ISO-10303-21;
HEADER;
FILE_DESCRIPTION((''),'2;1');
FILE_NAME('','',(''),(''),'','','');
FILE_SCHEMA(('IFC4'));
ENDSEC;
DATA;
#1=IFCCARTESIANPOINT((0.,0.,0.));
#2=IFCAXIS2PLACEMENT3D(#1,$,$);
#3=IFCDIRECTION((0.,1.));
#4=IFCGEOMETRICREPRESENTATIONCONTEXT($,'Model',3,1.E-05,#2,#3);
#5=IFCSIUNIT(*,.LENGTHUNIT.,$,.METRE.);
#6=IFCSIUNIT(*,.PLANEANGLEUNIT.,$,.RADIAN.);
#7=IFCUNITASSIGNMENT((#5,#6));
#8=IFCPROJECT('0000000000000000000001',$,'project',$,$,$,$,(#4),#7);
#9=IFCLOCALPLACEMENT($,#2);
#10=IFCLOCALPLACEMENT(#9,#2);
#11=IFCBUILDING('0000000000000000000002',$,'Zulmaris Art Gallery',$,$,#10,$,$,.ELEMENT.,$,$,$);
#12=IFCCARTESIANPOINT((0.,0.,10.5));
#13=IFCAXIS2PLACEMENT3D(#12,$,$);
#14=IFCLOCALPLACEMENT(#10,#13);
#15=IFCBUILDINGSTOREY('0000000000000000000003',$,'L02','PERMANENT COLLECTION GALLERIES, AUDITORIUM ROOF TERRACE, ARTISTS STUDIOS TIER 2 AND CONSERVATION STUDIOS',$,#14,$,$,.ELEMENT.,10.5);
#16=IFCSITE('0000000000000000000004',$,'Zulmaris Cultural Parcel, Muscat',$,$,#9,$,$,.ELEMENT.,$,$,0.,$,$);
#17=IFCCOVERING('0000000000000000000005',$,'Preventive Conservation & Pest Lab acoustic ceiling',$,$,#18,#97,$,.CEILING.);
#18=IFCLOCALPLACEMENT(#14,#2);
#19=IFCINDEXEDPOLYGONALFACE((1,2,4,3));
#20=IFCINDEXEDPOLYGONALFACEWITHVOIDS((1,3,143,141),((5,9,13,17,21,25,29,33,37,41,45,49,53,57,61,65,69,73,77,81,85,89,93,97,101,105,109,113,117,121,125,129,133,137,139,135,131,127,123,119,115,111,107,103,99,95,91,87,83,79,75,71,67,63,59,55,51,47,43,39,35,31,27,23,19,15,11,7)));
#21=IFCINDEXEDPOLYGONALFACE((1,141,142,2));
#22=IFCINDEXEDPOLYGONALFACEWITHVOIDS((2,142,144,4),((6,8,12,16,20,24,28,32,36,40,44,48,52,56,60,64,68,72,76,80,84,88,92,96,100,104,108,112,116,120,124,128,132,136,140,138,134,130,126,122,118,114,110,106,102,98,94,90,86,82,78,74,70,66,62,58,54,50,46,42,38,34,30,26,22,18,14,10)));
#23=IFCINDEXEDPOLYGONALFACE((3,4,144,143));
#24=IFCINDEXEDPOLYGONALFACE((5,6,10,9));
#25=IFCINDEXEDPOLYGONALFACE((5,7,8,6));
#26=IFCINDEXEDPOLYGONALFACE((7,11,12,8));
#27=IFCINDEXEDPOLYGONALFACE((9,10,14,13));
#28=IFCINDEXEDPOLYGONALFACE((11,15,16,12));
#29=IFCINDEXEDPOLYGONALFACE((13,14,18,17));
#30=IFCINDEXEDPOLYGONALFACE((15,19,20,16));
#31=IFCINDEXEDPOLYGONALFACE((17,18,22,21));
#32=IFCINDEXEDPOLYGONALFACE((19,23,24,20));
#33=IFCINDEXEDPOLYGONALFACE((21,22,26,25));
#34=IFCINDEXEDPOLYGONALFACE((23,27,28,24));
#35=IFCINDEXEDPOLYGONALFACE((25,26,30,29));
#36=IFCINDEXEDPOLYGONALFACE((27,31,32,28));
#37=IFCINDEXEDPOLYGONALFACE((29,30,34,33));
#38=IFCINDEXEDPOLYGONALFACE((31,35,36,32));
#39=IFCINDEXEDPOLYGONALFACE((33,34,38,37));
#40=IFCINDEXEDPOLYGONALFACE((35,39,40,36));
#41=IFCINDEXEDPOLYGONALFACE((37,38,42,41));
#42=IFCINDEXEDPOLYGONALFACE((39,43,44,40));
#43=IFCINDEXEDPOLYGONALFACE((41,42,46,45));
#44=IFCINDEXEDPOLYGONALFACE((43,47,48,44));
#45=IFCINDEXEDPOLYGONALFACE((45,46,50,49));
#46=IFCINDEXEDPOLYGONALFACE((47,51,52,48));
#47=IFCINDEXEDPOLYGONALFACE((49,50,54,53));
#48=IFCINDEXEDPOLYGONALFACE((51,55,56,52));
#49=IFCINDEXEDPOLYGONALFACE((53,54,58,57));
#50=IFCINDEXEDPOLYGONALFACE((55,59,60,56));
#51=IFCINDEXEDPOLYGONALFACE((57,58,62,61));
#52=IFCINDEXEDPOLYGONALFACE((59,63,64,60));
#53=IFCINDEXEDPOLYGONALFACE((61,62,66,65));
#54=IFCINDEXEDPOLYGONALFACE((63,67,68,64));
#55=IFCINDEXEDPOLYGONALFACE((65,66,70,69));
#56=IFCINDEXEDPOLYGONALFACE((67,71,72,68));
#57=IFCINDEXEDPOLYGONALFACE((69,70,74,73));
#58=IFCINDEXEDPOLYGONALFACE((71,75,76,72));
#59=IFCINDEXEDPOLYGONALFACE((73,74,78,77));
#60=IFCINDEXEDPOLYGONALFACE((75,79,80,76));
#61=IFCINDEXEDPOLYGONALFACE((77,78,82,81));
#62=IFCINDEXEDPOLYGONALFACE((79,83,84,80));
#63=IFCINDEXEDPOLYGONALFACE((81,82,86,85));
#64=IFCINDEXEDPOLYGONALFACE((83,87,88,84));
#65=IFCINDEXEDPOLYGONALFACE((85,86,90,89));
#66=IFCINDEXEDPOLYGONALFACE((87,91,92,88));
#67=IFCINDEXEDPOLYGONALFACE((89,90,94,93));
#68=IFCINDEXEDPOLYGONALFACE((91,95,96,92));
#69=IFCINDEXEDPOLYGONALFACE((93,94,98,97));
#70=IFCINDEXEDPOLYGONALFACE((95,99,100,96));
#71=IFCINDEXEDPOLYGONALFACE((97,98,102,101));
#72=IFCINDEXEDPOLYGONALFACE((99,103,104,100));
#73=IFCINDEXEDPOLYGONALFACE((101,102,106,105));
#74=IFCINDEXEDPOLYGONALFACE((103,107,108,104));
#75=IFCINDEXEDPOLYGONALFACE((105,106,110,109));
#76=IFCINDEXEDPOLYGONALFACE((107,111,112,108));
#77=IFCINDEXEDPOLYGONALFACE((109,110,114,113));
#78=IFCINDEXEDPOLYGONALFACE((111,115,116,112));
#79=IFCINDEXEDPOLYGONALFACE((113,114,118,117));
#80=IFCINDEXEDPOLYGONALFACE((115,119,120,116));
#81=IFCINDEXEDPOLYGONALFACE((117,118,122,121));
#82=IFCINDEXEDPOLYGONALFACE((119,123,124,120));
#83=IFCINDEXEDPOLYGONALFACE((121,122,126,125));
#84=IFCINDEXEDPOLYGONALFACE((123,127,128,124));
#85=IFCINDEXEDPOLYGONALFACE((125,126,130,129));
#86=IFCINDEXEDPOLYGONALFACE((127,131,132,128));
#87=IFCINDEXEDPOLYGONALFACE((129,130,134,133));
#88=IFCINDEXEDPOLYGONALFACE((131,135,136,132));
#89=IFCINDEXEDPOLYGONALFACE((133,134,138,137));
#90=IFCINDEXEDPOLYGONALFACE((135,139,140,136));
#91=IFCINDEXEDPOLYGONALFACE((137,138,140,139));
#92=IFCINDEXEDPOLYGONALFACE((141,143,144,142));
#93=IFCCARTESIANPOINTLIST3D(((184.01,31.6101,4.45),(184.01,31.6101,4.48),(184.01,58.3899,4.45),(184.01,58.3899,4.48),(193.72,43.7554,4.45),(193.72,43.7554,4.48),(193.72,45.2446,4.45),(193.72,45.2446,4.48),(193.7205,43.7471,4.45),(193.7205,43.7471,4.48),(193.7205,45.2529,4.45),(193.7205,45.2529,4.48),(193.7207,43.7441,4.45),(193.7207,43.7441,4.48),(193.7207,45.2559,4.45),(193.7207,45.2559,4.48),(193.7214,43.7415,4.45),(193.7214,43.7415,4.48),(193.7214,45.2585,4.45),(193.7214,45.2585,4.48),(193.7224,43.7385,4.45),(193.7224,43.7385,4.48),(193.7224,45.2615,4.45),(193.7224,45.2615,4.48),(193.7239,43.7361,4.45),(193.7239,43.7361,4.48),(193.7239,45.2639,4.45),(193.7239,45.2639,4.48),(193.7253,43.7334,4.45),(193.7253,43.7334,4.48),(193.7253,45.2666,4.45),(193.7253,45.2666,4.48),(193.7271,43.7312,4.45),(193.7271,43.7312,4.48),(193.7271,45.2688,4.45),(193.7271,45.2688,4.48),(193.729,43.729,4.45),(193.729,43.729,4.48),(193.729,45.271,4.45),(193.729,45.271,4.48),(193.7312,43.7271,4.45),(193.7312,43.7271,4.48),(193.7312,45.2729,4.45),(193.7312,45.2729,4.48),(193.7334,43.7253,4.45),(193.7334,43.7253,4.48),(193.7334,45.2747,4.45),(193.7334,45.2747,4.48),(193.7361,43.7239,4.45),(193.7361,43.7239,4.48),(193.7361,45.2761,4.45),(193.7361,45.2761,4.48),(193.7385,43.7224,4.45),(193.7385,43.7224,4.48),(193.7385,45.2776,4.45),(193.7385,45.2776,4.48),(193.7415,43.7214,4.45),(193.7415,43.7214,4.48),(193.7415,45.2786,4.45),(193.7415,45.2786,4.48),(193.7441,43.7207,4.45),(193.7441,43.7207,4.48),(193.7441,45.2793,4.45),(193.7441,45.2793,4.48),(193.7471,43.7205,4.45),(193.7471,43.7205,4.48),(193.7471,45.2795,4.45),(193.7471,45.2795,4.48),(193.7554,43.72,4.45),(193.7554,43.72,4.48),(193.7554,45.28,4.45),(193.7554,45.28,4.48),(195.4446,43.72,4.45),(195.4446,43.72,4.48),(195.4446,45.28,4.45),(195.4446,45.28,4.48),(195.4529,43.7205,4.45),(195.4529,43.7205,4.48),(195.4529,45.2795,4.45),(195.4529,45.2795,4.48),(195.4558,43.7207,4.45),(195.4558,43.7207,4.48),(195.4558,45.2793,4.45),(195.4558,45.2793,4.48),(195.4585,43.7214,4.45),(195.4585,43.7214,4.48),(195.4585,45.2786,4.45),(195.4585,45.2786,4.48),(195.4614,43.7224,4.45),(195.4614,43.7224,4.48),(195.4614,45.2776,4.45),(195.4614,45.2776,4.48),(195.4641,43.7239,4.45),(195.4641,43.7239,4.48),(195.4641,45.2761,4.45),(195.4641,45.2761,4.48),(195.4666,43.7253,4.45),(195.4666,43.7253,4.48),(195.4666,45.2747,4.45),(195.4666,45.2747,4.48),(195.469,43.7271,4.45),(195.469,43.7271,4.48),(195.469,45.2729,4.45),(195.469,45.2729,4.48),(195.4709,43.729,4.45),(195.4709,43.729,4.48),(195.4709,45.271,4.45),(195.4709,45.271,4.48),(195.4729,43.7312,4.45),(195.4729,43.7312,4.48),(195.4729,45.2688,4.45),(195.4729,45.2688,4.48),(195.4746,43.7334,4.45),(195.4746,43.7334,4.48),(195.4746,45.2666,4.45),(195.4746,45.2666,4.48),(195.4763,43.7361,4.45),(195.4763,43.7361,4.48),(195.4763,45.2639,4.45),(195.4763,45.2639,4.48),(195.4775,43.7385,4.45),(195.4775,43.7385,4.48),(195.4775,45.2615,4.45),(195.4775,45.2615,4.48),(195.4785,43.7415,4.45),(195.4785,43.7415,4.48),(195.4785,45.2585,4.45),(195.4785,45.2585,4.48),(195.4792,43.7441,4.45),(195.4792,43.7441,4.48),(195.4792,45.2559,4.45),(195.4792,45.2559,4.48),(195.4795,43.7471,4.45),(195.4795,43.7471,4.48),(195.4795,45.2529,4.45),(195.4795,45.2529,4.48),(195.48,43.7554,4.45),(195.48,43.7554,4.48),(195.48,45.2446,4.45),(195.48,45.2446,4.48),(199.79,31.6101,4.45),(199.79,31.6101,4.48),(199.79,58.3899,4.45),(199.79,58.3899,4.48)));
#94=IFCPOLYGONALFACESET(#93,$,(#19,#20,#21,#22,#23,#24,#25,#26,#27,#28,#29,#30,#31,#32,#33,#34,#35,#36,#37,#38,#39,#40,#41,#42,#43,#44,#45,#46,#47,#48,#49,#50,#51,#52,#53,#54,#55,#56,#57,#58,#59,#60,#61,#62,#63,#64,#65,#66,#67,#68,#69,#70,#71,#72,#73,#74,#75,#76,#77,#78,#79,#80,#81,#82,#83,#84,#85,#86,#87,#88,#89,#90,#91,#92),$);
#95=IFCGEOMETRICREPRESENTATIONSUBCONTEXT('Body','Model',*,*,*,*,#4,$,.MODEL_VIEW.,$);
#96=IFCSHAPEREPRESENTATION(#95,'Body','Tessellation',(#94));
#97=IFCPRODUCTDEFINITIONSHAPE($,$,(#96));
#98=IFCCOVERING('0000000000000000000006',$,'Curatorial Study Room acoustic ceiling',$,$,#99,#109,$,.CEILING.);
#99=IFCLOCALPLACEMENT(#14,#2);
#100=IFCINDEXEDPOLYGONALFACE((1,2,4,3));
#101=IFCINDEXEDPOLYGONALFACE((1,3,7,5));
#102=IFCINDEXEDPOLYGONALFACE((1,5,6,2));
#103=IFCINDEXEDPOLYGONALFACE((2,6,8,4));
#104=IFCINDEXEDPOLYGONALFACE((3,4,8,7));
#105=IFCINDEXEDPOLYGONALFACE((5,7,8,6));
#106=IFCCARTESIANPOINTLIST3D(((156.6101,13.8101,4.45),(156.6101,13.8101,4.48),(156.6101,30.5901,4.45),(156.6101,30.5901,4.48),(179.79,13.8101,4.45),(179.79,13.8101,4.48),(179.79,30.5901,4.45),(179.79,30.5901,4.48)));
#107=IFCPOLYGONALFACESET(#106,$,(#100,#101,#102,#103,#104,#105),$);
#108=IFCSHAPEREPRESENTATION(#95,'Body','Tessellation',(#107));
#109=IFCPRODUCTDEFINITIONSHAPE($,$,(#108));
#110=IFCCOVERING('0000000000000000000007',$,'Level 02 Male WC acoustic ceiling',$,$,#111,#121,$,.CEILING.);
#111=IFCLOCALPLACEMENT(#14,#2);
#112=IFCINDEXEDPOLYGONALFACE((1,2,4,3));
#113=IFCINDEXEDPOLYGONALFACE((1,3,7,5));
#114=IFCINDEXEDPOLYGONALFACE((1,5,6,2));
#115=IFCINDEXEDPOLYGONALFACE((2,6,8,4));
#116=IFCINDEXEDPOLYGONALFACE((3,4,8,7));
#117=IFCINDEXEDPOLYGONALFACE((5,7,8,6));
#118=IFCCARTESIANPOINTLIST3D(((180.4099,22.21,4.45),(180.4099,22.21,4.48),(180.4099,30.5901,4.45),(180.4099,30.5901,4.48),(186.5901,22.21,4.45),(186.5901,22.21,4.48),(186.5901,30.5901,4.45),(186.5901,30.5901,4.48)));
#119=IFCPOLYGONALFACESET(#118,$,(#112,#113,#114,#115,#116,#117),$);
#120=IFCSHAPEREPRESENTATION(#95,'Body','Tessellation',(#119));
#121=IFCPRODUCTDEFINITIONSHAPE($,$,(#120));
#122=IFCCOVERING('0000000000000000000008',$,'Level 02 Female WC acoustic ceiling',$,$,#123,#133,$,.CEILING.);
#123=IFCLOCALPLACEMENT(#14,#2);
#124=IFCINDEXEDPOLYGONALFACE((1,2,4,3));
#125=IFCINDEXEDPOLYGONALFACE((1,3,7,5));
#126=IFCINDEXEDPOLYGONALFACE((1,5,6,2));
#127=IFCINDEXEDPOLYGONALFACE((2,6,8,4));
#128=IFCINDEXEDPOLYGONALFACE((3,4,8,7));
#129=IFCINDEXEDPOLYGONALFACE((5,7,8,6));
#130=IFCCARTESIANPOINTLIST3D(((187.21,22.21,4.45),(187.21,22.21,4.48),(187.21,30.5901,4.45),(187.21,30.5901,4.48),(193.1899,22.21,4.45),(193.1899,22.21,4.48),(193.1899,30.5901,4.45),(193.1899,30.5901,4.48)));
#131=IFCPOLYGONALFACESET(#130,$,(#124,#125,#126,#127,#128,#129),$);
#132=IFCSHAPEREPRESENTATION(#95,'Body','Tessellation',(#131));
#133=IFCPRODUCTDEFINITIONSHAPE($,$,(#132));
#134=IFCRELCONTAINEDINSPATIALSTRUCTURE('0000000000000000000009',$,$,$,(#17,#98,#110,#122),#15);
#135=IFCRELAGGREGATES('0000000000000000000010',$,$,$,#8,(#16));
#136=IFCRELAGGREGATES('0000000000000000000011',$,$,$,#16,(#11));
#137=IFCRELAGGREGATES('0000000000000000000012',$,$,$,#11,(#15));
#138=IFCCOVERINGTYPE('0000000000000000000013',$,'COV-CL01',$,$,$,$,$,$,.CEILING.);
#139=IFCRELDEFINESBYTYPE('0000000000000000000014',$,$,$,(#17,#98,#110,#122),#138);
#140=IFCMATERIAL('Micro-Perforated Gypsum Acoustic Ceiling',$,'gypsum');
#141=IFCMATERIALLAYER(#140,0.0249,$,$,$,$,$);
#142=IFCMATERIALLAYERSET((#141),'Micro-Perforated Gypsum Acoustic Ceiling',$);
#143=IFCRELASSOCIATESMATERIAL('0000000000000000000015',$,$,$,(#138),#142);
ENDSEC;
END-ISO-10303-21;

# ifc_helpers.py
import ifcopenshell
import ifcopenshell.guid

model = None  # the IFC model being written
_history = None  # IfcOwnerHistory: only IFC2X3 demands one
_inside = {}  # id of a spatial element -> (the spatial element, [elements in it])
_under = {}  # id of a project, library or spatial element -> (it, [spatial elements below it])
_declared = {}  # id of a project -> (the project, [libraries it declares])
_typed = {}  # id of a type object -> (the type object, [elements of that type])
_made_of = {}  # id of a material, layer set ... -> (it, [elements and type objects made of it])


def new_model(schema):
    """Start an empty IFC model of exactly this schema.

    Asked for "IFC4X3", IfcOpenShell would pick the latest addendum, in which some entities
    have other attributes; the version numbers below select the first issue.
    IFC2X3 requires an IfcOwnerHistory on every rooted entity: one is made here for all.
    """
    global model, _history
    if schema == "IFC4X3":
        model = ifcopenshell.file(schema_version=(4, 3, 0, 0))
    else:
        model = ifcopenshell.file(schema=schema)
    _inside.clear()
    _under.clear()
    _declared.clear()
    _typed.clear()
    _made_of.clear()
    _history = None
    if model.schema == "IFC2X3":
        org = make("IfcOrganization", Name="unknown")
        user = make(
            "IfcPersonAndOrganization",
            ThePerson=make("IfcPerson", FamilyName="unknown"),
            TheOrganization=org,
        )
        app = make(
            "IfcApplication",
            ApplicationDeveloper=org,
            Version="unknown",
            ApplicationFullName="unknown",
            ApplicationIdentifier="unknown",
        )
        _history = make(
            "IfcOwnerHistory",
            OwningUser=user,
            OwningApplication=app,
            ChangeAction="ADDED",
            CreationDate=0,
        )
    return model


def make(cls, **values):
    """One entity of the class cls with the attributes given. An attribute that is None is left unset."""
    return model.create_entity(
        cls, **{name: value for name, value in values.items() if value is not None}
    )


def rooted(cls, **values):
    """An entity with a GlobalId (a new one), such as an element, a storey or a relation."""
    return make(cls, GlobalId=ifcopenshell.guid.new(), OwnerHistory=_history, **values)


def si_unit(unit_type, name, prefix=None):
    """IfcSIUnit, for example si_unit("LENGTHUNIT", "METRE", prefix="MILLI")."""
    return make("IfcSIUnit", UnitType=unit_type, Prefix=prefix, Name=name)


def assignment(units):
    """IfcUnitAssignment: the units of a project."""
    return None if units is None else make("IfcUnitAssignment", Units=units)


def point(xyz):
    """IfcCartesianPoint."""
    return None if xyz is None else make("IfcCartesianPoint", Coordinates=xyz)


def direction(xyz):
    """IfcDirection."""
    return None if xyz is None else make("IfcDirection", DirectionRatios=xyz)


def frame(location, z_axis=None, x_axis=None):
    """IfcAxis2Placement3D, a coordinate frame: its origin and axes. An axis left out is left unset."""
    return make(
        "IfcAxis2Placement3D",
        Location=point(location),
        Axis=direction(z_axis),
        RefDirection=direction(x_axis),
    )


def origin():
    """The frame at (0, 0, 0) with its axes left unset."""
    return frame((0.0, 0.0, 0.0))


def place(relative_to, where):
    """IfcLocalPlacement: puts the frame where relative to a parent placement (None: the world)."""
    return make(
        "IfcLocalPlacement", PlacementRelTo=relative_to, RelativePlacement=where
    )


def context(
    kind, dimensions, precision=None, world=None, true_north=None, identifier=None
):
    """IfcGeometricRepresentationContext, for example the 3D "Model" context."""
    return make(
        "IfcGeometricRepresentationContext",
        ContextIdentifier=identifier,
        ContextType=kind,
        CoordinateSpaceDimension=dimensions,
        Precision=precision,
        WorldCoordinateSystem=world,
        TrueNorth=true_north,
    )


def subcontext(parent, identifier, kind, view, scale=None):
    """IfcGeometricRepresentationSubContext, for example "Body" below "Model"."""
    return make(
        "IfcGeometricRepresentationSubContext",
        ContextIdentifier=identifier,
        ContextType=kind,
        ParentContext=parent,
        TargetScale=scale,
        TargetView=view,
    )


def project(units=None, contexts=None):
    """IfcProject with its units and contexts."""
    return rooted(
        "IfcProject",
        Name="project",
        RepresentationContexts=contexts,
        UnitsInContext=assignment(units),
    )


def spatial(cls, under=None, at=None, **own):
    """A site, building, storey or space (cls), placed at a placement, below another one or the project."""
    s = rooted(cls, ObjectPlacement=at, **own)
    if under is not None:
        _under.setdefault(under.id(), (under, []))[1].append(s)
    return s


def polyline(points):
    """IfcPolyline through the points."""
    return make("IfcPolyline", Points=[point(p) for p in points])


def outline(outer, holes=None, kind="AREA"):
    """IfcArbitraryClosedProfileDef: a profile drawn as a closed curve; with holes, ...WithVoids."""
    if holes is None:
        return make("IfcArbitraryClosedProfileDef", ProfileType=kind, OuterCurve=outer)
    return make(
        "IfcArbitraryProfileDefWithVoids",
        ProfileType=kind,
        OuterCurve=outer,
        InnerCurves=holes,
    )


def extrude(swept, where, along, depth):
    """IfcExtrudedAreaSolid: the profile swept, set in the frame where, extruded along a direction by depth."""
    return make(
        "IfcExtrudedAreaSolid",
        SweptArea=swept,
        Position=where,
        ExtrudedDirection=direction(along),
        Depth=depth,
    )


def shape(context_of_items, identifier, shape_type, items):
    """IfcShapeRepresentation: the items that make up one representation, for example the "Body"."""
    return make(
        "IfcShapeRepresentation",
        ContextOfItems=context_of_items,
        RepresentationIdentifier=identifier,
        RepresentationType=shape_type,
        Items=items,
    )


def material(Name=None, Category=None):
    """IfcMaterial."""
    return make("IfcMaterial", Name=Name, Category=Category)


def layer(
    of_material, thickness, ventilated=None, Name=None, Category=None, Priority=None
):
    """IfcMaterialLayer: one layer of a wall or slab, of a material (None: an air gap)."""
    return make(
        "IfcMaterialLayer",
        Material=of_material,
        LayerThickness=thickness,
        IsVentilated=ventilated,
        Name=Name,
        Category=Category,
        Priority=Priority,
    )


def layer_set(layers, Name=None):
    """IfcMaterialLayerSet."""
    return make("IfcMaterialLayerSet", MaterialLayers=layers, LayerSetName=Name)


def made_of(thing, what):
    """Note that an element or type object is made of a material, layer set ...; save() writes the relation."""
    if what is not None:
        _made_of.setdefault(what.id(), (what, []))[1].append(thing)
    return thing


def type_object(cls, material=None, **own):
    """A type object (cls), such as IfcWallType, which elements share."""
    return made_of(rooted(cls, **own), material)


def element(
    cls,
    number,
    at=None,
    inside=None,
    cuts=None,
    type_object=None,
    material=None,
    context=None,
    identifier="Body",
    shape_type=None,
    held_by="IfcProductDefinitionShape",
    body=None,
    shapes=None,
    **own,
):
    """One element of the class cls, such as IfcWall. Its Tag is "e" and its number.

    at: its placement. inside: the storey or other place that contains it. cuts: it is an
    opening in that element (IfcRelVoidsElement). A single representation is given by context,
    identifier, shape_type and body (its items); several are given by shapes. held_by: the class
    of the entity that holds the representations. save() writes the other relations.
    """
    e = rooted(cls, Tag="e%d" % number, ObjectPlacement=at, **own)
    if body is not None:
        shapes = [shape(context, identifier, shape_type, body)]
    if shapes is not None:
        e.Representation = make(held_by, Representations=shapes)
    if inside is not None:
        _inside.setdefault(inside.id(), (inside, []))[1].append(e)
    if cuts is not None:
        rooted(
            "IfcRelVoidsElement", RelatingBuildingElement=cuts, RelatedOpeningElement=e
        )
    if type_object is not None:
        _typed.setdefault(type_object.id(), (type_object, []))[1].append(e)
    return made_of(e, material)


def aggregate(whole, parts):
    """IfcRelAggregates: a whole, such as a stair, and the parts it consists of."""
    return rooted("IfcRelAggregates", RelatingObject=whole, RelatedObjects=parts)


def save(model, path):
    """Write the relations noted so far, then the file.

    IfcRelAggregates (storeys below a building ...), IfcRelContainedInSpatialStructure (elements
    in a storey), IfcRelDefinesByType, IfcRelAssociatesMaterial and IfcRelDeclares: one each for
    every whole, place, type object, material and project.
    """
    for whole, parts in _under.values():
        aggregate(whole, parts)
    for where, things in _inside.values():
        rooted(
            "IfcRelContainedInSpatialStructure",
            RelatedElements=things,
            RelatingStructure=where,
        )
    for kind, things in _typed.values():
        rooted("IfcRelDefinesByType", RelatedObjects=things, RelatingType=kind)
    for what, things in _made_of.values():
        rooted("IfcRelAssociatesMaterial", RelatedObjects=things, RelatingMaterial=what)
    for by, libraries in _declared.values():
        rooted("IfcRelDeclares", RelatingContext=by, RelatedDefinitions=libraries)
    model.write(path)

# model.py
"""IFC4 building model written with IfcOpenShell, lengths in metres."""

from ifc_helpers import new_model, si_unit, direction, frame, origin, place, context, subcontext, project, spatial, polyline, outline, extrude, material, layer, layer_set, type_object, element, save


model = new_model("IFC4")

# Units and contexts
model_context = context("Model", 3, precision=1e-05, world=origin(), true_north=direction((0.0, 1.0)))
body_context = subcontext(model_context, "Body", "Model", "MODEL_VIEW")
ifc_project = project(units=[si_unit("LENGTHUNIT", "METRE"), si_unit("PLANEANGLEUNIT", "RADIAN")], contexts=[model_context])

# Site, building, storey
site_placement = place(None, origin())
site = spatial("IfcSite", under=ifc_project, at=site_placement, Name="Zulmaris Cultural Parcel, Muscat", CompositionType="ELEMENT", RefElevation=0.0)
building_placement = place(site_placement, origin())
building = spatial("IfcBuilding", under=site, at=building_placement, Name="Zulmaris Art Gallery", CompositionType="ELEMENT")
storey_placement = place(building_placement, frame((0.0, 0.0, 10.5)))
storey = spatial("IfcBuildingStorey", under=building, at=storey_placement, Name="L02", Description="PERMANENT COLLECTION GALLERIES, AUDITORIUM ROOF TERRACE, ARTISTS STUDIOS TIER 2 AND CONSERVATION STUDIOS", CompositionType="ELEMENT", Elevation=10.5)

# Coverings
ifc_material_1 = material(Name="Micro-Perforated Gypsum Acoustic Ceiling", Category="gypsum")
ifc_layer_1 = layer(ifc_material_1, 0.0249)
ifc_layer_set_1 = layer_set([ifc_layer_1], Name="Micro-Perforated Gypsum Acoustic Ceiling")
covering_type_1 = type_object("IfcCoveringType", Name="COV-CL01", PredefinedType="CEILING", material=ifc_layer_set_1)
covering_1_placement = place(storey_placement, frame((0.0, 0.0, 4.45)))
element("IfcCovering", 1, at=covering_1_placement, inside=storey, type_object=covering_type_1, Name="Preventive Conservation & Pest Lab acoustic ceiling", PredefinedType="CEILING", context=body_context, shape_type="SweptSolid", body=[
    extrude(outline(polyline([(184.01, 58.3899), (199.79, 58.3899), (199.79, 31.6101), (184.01, 31.6101), (184.01, 58.3899)]), holes=[polyline([(193.7415, 45.2786), (193.7385, 45.2776), (193.7361, 45.2761), (193.7334, 45.2747), (193.7312, 45.2729), (193.729, 45.271), (193.7271, 45.2688), (193.7253, 45.2666), (193.7239, 45.2639), (193.7224, 45.2615), (193.7214, 45.2585), (193.7207, 45.2559), (193.7205, 45.2529), (193.72, 45.2446), (193.72, 43.7554), (193.7205, 43.7471), (193.7207, 43.7441), (193.7214, 43.7415), (193.7224, 43.7385), (193.7239, 43.7361), (193.7253, 43.7334), (193.7271, 43.7312), (193.729, 43.729), (193.7312, 43.7271), (193.7334, 43.7253), (193.7361, 43.7239), (193.7385, 43.7224), (193.7415, 43.7214), (193.7441, 43.7207), (193.7471, 43.7205), (193.7554, 43.72), (195.4446, 43.72), (195.4529, 43.7205), (195.4558, 43.7207), (195.4585, 43.7214), (195.4614, 43.7224), (195.4641, 43.7239), (195.4666, 43.7253), (195.469, 43.7271), (195.4709, 43.729), (195.4729, 43.7312), (195.4746, 43.7334), (195.4763, 43.7361), (195.4775, 43.7385), (195.4785, 43.7415), (195.4792, 43.7441), (195.4795, 43.7471), (195.48, 43.7554), (195.48, 45.2446), (195.4795, 45.2529), (195.4792, 45.2559), (195.4785, 45.2585), (195.4775, 45.2615), (195.4763, 45.2639), (195.4746, 45.2666), (195.4729, 45.2688), (195.4709, 45.271), (195.469, 45.2729), (195.4666, 45.2747), (195.4641, 45.2761), (195.4614, 45.2776), (195.4585, 45.2786), (195.4558, 45.2793), (195.4529, 45.2795), (195.4446, 45.28), (193.7554, 45.28), (193.7471, 45.2795), (193.7441, 45.2793), (193.7415, 45.2786)])]), origin(), (0.0, 0.0, 1.0), 0.03),
])
covering_2_placement = place(storey_placement, frame((0.0, 0.0, 4.45)))
element("IfcCovering", 2, at=covering_2_placement, inside=storey, type_object=covering_type_1, Name="Curatorial Study Room acoustic ceiling", PredefinedType="CEILING", context=body_context, shape_type="SweptSolid", body=[
    extrude(outline(polyline([(156.6101, 30.5901), (179.79, 30.5901), (179.79, 13.8101), (156.6101, 13.8101), (156.6101, 30.5901)])), origin(), (0.0, 0.0, 1.0), 0.03),
])
covering_3_placement = place(storey_placement, frame((0.0, 0.0, 4.45)))
element("IfcCovering", 3, at=covering_3_placement, inside=storey, type_object=covering_type_1, Name="Level 02 Male WC acoustic ceiling", PredefinedType="CEILING", context=body_context, shape_type="SweptSolid", body=[
    extrude(outline(polyline([(180.4099, 30.5901), (186.5901, 30.5901), (186.5901, 22.21), (180.4099, 22.21), (180.4099, 30.5901)])), origin(), (0.0, 0.0, 1.0), 0.03),
])
covering_4_placement = place(storey_placement, frame((0.0, 0.0, 4.45)))
element("IfcCovering", 4, at=covering_4_placement, inside=storey, type_object=covering_type_1, Name="Level 02 Female WC acoustic ceiling", PredefinedType="CEILING", context=body_context, shape_type="SweptSolid", body=[
    extrude(outline(polyline([(187.21, 30.5901), (193.1899, 30.5901), (193.1899, 22.21), (187.21, 22.21), (187.21, 30.5901)])), origin(), (0.0, 0.0, 1.0), 0.03),
])

save(model, "model.ifc")
